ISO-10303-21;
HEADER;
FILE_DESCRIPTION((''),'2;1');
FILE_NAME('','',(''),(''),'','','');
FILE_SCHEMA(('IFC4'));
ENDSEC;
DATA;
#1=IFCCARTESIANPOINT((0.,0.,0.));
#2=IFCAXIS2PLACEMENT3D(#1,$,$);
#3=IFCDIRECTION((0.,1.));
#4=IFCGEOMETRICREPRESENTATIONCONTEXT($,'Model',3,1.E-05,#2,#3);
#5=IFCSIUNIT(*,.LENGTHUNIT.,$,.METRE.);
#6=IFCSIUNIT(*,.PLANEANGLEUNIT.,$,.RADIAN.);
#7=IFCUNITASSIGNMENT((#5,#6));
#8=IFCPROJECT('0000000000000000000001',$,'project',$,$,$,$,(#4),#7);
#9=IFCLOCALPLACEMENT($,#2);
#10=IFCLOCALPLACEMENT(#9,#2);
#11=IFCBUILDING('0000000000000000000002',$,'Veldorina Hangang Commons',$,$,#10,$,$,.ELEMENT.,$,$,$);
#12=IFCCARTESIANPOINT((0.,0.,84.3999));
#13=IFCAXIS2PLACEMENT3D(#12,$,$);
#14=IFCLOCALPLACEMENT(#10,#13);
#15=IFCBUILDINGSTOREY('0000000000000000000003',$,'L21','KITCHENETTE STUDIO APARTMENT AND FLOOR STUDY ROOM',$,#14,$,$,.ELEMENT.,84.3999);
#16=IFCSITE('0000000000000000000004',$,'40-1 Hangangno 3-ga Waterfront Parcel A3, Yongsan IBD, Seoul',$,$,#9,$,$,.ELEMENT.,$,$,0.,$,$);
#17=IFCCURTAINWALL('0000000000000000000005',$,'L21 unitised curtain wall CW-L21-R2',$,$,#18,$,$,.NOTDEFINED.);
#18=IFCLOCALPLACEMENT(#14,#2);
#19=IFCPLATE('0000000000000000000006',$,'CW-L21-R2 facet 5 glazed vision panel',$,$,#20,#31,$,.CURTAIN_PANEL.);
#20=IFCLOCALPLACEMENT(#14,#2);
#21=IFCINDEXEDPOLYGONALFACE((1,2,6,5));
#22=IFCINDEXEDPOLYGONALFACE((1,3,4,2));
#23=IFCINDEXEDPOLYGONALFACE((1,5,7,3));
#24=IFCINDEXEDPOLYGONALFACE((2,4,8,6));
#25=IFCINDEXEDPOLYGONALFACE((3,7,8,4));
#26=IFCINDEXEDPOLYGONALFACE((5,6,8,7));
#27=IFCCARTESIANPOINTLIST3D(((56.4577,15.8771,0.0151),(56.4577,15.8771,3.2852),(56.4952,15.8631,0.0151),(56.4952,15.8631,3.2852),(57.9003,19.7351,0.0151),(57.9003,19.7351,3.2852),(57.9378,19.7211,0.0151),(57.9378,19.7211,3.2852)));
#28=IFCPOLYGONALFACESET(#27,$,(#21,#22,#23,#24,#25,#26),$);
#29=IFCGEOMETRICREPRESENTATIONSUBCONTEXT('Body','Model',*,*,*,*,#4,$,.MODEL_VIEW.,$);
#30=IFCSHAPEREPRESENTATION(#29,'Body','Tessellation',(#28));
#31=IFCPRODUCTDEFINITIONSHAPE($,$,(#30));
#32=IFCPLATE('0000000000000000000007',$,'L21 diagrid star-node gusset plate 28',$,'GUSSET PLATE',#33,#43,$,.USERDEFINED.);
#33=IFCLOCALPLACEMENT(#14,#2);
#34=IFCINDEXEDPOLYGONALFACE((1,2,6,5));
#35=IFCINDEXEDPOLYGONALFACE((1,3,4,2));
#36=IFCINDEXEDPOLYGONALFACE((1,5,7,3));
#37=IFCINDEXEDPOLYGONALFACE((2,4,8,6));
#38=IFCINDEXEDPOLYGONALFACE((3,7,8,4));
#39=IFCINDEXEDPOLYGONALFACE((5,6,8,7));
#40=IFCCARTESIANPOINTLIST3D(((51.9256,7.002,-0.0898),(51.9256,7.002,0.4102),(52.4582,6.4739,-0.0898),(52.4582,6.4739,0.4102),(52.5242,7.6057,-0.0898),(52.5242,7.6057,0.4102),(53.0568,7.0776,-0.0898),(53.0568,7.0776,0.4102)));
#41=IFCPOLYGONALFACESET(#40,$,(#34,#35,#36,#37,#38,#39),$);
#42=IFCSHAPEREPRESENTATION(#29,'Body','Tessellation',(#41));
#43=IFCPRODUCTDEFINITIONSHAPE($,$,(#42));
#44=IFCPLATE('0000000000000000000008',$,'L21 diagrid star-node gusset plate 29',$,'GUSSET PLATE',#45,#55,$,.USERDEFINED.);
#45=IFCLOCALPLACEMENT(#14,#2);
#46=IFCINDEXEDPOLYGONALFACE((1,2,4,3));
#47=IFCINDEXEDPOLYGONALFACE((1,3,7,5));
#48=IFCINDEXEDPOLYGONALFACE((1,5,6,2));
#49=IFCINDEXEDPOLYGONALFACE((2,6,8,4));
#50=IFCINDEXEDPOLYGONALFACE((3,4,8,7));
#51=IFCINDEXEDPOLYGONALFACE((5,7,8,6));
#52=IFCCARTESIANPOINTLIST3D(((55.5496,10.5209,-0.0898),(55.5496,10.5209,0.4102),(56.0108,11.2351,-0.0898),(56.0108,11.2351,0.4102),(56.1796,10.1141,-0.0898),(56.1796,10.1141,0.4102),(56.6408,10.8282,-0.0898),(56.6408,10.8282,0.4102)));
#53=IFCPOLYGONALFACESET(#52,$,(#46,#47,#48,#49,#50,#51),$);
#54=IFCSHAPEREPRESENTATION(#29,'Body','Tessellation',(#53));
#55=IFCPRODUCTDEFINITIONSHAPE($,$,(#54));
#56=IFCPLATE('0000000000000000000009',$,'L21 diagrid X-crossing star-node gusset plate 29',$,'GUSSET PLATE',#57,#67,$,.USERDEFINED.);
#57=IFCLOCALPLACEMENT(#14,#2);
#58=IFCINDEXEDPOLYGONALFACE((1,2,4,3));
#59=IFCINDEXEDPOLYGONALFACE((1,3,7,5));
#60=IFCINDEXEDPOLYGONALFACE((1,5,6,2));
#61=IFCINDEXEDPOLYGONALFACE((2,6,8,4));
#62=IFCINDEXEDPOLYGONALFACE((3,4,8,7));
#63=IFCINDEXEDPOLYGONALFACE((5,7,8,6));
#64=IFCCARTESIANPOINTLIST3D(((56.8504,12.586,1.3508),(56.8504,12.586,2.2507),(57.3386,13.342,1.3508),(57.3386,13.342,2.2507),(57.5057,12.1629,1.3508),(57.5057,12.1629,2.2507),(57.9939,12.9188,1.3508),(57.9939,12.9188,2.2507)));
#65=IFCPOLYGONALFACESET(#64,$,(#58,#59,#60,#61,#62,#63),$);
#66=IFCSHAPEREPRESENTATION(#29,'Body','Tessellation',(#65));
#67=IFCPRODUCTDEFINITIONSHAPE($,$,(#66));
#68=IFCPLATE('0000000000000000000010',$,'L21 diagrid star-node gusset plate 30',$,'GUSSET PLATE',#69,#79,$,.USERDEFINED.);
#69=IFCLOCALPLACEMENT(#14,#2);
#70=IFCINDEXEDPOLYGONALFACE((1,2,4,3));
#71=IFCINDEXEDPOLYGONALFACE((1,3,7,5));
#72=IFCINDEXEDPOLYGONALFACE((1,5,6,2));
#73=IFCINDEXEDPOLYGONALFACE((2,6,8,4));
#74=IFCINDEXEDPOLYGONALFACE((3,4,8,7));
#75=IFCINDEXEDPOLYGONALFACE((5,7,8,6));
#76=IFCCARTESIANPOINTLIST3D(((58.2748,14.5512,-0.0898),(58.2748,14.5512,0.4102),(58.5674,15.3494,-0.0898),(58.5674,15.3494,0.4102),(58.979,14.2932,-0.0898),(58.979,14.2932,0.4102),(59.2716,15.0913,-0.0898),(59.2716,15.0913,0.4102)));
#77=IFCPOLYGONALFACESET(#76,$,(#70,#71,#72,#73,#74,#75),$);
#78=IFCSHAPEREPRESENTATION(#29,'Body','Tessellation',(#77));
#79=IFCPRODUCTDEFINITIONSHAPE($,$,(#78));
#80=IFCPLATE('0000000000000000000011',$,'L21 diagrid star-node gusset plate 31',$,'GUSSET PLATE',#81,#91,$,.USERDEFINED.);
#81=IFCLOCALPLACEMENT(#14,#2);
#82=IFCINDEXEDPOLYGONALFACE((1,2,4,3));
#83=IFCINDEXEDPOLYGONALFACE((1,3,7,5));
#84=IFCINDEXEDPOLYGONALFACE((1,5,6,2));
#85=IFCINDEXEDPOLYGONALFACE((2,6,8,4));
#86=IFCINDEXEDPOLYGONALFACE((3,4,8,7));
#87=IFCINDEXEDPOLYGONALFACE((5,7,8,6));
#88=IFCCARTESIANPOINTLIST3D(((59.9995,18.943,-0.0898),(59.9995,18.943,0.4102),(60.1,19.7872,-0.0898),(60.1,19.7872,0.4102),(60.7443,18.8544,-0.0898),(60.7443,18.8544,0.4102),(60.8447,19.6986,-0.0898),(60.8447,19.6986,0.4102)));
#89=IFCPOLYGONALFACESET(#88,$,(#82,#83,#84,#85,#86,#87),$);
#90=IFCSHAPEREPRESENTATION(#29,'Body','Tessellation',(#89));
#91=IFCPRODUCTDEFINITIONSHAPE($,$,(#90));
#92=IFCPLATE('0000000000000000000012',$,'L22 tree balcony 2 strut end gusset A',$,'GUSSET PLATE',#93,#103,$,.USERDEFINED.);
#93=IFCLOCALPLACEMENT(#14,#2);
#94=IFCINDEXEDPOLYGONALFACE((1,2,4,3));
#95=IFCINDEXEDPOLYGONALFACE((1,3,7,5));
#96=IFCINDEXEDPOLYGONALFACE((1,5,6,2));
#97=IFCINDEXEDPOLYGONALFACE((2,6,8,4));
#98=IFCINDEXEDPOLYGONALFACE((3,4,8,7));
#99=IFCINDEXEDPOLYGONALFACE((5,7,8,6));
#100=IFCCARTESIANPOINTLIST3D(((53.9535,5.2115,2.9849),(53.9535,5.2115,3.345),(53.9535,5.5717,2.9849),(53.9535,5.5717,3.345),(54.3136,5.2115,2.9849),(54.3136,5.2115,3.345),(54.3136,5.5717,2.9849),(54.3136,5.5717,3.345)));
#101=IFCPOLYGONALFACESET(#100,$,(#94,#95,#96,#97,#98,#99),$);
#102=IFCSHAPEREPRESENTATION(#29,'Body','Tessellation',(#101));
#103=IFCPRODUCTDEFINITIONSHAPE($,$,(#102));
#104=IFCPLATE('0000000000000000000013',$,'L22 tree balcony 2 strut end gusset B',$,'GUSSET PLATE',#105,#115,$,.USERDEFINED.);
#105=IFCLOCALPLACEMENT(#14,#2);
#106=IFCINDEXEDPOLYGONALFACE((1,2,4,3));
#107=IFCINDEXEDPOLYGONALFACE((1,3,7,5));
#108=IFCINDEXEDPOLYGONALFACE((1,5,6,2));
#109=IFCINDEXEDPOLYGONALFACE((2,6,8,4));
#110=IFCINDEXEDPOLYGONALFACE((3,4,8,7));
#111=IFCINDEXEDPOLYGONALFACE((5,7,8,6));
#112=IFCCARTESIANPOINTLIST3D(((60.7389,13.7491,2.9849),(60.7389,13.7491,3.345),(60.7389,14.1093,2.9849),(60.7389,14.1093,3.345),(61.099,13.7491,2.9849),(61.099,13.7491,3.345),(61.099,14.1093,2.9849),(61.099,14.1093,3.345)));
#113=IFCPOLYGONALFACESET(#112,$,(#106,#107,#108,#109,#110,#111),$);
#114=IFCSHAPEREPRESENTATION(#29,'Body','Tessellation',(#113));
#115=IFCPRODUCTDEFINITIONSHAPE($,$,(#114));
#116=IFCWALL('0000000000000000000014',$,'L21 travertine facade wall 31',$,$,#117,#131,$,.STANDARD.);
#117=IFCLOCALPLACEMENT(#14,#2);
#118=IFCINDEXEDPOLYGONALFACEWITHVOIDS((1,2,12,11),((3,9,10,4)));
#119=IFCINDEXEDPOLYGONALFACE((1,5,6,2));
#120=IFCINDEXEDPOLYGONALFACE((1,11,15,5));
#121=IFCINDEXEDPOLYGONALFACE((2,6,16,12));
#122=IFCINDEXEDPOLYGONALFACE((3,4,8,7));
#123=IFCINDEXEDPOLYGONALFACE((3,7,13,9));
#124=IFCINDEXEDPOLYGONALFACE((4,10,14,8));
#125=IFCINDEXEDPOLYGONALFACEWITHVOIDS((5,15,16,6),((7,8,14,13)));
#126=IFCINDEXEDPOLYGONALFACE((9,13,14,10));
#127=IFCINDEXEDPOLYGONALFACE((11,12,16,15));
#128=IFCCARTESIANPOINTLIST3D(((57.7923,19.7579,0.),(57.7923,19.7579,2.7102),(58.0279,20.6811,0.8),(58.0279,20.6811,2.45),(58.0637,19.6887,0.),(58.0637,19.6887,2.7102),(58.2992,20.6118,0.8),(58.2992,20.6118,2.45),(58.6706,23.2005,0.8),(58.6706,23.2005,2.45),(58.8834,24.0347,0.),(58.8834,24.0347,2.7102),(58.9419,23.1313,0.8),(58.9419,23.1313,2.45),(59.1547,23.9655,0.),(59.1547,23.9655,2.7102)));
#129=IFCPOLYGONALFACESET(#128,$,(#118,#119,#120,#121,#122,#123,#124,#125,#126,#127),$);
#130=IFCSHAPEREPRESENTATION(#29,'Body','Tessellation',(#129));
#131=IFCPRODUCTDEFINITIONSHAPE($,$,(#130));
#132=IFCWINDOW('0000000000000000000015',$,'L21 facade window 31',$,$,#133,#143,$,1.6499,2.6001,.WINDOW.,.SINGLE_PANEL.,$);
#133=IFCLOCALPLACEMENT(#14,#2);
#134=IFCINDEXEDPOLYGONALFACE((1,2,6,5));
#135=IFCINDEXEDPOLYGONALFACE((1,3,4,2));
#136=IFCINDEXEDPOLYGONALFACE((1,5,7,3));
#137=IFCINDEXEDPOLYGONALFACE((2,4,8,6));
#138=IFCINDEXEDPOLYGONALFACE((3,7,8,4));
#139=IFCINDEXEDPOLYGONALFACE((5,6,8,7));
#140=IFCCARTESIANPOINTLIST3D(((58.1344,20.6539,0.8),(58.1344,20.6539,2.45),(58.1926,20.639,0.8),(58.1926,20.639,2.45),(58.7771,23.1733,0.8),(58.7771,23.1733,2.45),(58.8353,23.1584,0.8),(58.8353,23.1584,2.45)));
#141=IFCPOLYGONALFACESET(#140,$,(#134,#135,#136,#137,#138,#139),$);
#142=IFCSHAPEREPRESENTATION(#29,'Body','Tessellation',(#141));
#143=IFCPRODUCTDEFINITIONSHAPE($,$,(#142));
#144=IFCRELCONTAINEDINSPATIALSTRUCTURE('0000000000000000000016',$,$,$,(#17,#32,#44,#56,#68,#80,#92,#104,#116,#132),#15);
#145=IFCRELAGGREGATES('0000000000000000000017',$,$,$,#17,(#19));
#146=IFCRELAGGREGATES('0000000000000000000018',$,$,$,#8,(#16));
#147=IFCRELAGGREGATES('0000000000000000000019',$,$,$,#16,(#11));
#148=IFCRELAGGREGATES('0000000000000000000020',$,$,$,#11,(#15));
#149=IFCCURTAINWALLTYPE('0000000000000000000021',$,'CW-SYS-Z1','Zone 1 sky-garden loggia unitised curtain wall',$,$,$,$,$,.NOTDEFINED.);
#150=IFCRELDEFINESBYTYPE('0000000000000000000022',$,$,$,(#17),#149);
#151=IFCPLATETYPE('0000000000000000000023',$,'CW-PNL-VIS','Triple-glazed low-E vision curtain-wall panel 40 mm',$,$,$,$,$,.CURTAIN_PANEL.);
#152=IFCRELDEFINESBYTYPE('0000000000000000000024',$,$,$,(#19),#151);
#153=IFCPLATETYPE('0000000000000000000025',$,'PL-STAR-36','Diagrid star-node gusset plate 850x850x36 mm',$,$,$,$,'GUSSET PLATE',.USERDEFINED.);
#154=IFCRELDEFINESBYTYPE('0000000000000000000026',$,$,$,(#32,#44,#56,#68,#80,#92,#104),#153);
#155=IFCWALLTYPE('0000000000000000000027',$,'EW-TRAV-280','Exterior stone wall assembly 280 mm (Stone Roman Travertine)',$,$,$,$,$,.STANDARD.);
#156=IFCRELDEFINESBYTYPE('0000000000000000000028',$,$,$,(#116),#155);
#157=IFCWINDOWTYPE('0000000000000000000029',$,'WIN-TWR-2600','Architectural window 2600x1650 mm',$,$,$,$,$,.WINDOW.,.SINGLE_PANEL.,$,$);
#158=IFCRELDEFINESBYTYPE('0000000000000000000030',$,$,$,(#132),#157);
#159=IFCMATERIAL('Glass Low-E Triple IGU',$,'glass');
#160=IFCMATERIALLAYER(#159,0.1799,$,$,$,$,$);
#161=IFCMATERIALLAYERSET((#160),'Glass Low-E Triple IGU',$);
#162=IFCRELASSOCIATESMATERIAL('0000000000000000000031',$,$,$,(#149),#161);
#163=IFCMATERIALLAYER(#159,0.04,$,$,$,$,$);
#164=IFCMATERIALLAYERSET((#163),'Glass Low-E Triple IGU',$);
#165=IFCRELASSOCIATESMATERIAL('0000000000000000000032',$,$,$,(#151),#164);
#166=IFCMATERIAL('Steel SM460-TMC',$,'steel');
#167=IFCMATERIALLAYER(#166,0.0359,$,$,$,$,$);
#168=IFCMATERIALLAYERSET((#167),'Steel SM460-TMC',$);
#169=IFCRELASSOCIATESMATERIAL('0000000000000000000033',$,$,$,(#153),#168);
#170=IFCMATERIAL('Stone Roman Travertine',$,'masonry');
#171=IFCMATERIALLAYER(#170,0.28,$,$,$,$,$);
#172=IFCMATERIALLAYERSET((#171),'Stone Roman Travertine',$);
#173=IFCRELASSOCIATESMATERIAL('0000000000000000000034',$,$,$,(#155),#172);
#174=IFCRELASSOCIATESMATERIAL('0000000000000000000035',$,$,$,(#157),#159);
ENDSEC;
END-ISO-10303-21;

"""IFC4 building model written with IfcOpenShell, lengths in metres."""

from ifc_helpers import new_model, si_unit, direction, frame, frame_2d, origin, origin_2d, place, context, subcontext, project, spatial, rectangle, extrude, material, layer, layer_set, type_object, element, fill, aggregate, save


model = new_model("IFC4")

# Units and contexts
model_context = context("Model", 3, precision=1e-05, world=origin(), true_north=direction((0.0, 1.0)))
body_context = subcontext(model_context, "Body", "Model", "MODEL_VIEW")
ifc_project = project(units=[si_unit("LENGTHUNIT", "METRE"), si_unit("PLANEANGLEUNIT", "RADIAN")], contexts=[model_context])

# Site, building, storey
site_placement = place(None, origin())
site = spatial("IfcSite", under=ifc_project, at=site_placement, Name="40-1 Hangangno 3-ga Waterfront Parcel A3, Yongsan IBD, Seoul", CompositionType="ELEMENT", RefElevation=0.0)
building_placement = place(site_placement, origin())
building = spatial("IfcBuilding", under=site, at=building_placement, Name="Veldorina Hangang Commons", CompositionType="ELEMENT")
storey_placement = place(building_placement, frame((0.0, 0.0, 84.3999)))
storey = spatial("IfcBuildingStorey", under=building, at=storey_placement, Name="L21", Description="KITCHENETTE STUDIO APARTMENT AND FLOOR STUDY ROOM", CompositionType="ELEMENT", Elevation=84.3999)

# Curtain wall
ifc_material_1 = material(Name="Glass Low-E Triple IGU", Category="glass")
ifc_layer_1 = layer(ifc_material_1, 0.1799)
ifc_layer_set_1 = layer_set([ifc_layer_1], Name="Glass Low-E Triple IGU")
curtain_wall_type = type_object("IfcCurtainWallType", Name="CW-SYS-Z1", Description="Zone 1 sky-garden loggia unitised curtain wall", PredefinedType="NOTDEFINED", material=ifc_layer_set_1)
curtain_wall_placement = place(storey_placement, origin())
curtain_wall = element("IfcCurtainWall", 1, at=curtain_wall_placement, inside=storey, type_object=curtain_wall_type, Name="L21 unitised curtain wall CW-L21-R2", PredefinedType="NOTDEFINED")

# Shared definitions
ifc_material_2 = material(Name="Steel SM460-TMC", Category="steel")

# Plate
ifc_layer_2 = layer(ifc_material_1, 0.04)
ifc_layer_set_2 = layer_set([ifc_layer_2], Name="Glass Low-E Triple IGU")
plate_type_1 = type_object("IfcPlateType", Name="CW-PNL-VIS", Description="Triple-glazed low-E vision curtain-wall panel 40 mm", PredefinedType="CURTAIN_PANEL", material=ifc_layer_set_2)
plate_1_placement = place(storey_placement, frame((57.1978, 17.7991, 0.0151), z_axis=(0.0, 0.0, 1.0), x_axis=(0.35024, 0.93666, 0.0)))
plate_1 = element("IfcPlate", 2, at=plate_1_placement, type_object=plate_type_1, Name="CW-L21-R2 facet 5 glazed vision panel", PredefinedType="CURTAIN_PANEL", context=body_context, shape_type="SweptSolid", body=[
    extrude(rectangle(XDim=4.1189, YDim=0.04, at=origin_2d()), origin(), (0.0, 0.0, 1.0), 3.27),
])
aggregate(curtain_wall, [plate_1])

# Plates
ifc_layer_3 = layer(ifc_material_2, 0.0359)
ifc_layer_set_3 = layer_set([ifc_layer_3], Name="Steel SM460-TMC")
plate_type_2 = type_object("IfcPlateType", Name="PL-STAR-36", Description="Diagrid star-node gusset plate 850x850x36 mm", ElementType="GUSSET PLATE", PredefinedType="USERDEFINED", material=ifc_layer_set_3)
for number, where, z_axis, x_axis, name in (
    (3, (52.4912, 7.0398, -0.0898), (0.0, 0.0, 1.0), (0.704101, 0.710099, 0.0), "L21 diagrid star-node gusset plate 28"),
    (4, (56.0952, 10.6746, -0.0898), (0.0, 0.0, 1.0), (0.5425, 0.840056, 0.0), "L21 diagrid star-node gusset plate 29"),
):
    element("IfcPlate", number, at=place(storey_placement, frame(where, z_axis=z_axis, x_axis=x_axis)), inside=storey, type_object=plate_type_2, Name=name, ObjectType="GUSSET PLATE", PredefinedType="USERDEFINED", context=body_context, shape_type="SweptSolid", body=[
        extrude(rectangle(XDim=0.8501, YDim=0.75, at=origin_2d()), origin(), (0.0, 0.0, 1.0), 0.5),
    ])
plate_2_placement = place(storey_placement, frame((57.4221, 12.7524, 1.3508), z_axis=(0.0, 0.0, 1.0), x_axis=(0.5425, 0.840056, 0.0)))
element("IfcPlate", 5, at=plate_2_placement, inside=storey, type_object=plate_type_2, Name="L21 diagrid X-crossing star-node gusset plate 29", ObjectType="GUSSET PLATE", PredefinedType="USERDEFINED", context=body_context, shape_type="SweptSolid", body=[
    extrude(rectangle(XDim=0.8999, YDim=0.78, at=origin_2d()), origin(), (0.0, 0.0, 1.0), 0.8999),
])
for number, where, z_axis, x_axis, name in (
    (6, (58.7732, 14.8213, -0.0898), (0.0, 0.0, 1.0), (0.344119, 0.938926, 0.0), "L21 diagrid star-node gusset plate 30"),
    (7, (60.4221, 19.3208, -0.0898), (0.0, 0.0, 1.0), (0.118161, 0.992994, 0.0), "L21 diagrid star-node gusset plate 31"),
):
    element("IfcPlate", number, at=place(storey_placement, frame(where, z_axis=z_axis, x_axis=x_axis)), inside=storey, type_object=plate_type_2, Name=name, ObjectType="GUSSET PLATE", PredefinedType="USERDEFINED", context=body_context, shape_type="SweptSolid", body=[
        extrude(rectangle(XDim=0.8501, YDim=0.75, at=origin_2d()), origin(), (0.0, 0.0, 1.0), 0.5),
    ])
for number, where, z_axis, x_axis, name in (
    (8, (54.1335, 5.3916, 2.9849), (0.0, 0.0, 1.0), (1.0, 0.0, 0.0), "L22 tree balcony 2 strut end gusset A"),
    (9, (60.9189, 13.9292, 2.9849), (0.0, 0.0, 1.0), (1.0, 0.0, 0.0), "L22 tree balcony 2 strut end gusset B"),
):
    element("IfcPlate", number, at=place(storey_placement, frame(where, z_axis=z_axis, x_axis=x_axis)), inside=storey, type_object=plate_type_2, Name=name, ObjectType="GUSSET PLATE", PredefinedType="USERDEFINED", context=body_context, shape_type="SweptSolid", body=[
        extrude(rectangle(XDim=0.3601, YDim=0.3601, at=origin_2d()), origin(), (0.0, 0.0, 1.0), 0.3601),
    ])

# Wall, opening, window
ifc_material_3 = material(Name="Stone Roman Travertine", Category="masonry")
ifc_layer_4 = layer(ifc_material_3, 0.28)
ifc_layer_set_4 = layer_set([ifc_layer_4], Name="Stone Roman Travertine")
wall_type = type_object("IfcWallType", Name="EW-TRAV-280", Description="Exterior stone wall assembly 280 mm (Stone Roman Travertine)", PredefinedType="STANDARD", material=ifc_layer_set_4)
wall_placement = place(storey_placement, frame((57.928, 19.7231, 0.0), z_axis=(0.0, 0.0, 1.0), x_axis=(0.247192, 0.968966, 0.0)))
wall = element("IfcWall", 10, at=wall_placement, inside=storey, type_object=wall_type, Name="L21 travertine facade wall 31", PredefinedType="STANDARD", context=body_context, shape_type="SweptSolid", body=[
    extrude(rectangle(XDim=4.4138, YDim=0.28, at=frame_2d((2.207, 0.0))), origin(), (0.0, 0.0, 1.0), 2.7102),
])
opening_placement = place(wall_placement, frame((0.9529, 0.0, 0.8)))
opening = element("IfcOpeningElement", 11, at=opening_placement, cuts=wall, PredefinedType="OPENING", context=body_context, shape_type="SweptSolid", body=[
    extrude(rectangle(XDim=2.6001, YDim=1.6499, at=frame_2d((1.3, 0.825))), frame((0.0, 0.1499, 0.0), z_axis=(0.0, -1.0, 0.0), x_axis=(1.0, 0.0, 0.0)), (0.0, 0.0, 1.0), 0.3),
])
window_type = type_object("IfcWindowType", Name="WIN-TWR-2600", Description="Architectural window 2600x1650 mm", PartitioningType="SINGLE_PANEL", PredefinedType="WINDOW", material=ifc_material_1)
window_placement = place(opening_placement, origin())
window = element("IfcWindow", 12, at=window_placement, inside=storey, type_object=window_type, Name="L21 facade window 31", OverallHeight=1.6499, OverallWidth=2.6001, PartitioningType="SINGLE_PANEL", PredefinedType="WINDOW", context=body_context, shape_type="SweptSolid", body=[
    extrude(rectangle(XDim=2.6001, YDim=1.6499, at=frame_2d((1.3, 0.825))), frame((0.0, 0.03, 0.0), z_axis=(0.0, -1.0, 0.0), x_axis=(1.0, 0.0, 0.0)), (0.0, 0.0, 1.0), 0.0601),
])
fill(opening, window)

save(model, "model.ifc")
